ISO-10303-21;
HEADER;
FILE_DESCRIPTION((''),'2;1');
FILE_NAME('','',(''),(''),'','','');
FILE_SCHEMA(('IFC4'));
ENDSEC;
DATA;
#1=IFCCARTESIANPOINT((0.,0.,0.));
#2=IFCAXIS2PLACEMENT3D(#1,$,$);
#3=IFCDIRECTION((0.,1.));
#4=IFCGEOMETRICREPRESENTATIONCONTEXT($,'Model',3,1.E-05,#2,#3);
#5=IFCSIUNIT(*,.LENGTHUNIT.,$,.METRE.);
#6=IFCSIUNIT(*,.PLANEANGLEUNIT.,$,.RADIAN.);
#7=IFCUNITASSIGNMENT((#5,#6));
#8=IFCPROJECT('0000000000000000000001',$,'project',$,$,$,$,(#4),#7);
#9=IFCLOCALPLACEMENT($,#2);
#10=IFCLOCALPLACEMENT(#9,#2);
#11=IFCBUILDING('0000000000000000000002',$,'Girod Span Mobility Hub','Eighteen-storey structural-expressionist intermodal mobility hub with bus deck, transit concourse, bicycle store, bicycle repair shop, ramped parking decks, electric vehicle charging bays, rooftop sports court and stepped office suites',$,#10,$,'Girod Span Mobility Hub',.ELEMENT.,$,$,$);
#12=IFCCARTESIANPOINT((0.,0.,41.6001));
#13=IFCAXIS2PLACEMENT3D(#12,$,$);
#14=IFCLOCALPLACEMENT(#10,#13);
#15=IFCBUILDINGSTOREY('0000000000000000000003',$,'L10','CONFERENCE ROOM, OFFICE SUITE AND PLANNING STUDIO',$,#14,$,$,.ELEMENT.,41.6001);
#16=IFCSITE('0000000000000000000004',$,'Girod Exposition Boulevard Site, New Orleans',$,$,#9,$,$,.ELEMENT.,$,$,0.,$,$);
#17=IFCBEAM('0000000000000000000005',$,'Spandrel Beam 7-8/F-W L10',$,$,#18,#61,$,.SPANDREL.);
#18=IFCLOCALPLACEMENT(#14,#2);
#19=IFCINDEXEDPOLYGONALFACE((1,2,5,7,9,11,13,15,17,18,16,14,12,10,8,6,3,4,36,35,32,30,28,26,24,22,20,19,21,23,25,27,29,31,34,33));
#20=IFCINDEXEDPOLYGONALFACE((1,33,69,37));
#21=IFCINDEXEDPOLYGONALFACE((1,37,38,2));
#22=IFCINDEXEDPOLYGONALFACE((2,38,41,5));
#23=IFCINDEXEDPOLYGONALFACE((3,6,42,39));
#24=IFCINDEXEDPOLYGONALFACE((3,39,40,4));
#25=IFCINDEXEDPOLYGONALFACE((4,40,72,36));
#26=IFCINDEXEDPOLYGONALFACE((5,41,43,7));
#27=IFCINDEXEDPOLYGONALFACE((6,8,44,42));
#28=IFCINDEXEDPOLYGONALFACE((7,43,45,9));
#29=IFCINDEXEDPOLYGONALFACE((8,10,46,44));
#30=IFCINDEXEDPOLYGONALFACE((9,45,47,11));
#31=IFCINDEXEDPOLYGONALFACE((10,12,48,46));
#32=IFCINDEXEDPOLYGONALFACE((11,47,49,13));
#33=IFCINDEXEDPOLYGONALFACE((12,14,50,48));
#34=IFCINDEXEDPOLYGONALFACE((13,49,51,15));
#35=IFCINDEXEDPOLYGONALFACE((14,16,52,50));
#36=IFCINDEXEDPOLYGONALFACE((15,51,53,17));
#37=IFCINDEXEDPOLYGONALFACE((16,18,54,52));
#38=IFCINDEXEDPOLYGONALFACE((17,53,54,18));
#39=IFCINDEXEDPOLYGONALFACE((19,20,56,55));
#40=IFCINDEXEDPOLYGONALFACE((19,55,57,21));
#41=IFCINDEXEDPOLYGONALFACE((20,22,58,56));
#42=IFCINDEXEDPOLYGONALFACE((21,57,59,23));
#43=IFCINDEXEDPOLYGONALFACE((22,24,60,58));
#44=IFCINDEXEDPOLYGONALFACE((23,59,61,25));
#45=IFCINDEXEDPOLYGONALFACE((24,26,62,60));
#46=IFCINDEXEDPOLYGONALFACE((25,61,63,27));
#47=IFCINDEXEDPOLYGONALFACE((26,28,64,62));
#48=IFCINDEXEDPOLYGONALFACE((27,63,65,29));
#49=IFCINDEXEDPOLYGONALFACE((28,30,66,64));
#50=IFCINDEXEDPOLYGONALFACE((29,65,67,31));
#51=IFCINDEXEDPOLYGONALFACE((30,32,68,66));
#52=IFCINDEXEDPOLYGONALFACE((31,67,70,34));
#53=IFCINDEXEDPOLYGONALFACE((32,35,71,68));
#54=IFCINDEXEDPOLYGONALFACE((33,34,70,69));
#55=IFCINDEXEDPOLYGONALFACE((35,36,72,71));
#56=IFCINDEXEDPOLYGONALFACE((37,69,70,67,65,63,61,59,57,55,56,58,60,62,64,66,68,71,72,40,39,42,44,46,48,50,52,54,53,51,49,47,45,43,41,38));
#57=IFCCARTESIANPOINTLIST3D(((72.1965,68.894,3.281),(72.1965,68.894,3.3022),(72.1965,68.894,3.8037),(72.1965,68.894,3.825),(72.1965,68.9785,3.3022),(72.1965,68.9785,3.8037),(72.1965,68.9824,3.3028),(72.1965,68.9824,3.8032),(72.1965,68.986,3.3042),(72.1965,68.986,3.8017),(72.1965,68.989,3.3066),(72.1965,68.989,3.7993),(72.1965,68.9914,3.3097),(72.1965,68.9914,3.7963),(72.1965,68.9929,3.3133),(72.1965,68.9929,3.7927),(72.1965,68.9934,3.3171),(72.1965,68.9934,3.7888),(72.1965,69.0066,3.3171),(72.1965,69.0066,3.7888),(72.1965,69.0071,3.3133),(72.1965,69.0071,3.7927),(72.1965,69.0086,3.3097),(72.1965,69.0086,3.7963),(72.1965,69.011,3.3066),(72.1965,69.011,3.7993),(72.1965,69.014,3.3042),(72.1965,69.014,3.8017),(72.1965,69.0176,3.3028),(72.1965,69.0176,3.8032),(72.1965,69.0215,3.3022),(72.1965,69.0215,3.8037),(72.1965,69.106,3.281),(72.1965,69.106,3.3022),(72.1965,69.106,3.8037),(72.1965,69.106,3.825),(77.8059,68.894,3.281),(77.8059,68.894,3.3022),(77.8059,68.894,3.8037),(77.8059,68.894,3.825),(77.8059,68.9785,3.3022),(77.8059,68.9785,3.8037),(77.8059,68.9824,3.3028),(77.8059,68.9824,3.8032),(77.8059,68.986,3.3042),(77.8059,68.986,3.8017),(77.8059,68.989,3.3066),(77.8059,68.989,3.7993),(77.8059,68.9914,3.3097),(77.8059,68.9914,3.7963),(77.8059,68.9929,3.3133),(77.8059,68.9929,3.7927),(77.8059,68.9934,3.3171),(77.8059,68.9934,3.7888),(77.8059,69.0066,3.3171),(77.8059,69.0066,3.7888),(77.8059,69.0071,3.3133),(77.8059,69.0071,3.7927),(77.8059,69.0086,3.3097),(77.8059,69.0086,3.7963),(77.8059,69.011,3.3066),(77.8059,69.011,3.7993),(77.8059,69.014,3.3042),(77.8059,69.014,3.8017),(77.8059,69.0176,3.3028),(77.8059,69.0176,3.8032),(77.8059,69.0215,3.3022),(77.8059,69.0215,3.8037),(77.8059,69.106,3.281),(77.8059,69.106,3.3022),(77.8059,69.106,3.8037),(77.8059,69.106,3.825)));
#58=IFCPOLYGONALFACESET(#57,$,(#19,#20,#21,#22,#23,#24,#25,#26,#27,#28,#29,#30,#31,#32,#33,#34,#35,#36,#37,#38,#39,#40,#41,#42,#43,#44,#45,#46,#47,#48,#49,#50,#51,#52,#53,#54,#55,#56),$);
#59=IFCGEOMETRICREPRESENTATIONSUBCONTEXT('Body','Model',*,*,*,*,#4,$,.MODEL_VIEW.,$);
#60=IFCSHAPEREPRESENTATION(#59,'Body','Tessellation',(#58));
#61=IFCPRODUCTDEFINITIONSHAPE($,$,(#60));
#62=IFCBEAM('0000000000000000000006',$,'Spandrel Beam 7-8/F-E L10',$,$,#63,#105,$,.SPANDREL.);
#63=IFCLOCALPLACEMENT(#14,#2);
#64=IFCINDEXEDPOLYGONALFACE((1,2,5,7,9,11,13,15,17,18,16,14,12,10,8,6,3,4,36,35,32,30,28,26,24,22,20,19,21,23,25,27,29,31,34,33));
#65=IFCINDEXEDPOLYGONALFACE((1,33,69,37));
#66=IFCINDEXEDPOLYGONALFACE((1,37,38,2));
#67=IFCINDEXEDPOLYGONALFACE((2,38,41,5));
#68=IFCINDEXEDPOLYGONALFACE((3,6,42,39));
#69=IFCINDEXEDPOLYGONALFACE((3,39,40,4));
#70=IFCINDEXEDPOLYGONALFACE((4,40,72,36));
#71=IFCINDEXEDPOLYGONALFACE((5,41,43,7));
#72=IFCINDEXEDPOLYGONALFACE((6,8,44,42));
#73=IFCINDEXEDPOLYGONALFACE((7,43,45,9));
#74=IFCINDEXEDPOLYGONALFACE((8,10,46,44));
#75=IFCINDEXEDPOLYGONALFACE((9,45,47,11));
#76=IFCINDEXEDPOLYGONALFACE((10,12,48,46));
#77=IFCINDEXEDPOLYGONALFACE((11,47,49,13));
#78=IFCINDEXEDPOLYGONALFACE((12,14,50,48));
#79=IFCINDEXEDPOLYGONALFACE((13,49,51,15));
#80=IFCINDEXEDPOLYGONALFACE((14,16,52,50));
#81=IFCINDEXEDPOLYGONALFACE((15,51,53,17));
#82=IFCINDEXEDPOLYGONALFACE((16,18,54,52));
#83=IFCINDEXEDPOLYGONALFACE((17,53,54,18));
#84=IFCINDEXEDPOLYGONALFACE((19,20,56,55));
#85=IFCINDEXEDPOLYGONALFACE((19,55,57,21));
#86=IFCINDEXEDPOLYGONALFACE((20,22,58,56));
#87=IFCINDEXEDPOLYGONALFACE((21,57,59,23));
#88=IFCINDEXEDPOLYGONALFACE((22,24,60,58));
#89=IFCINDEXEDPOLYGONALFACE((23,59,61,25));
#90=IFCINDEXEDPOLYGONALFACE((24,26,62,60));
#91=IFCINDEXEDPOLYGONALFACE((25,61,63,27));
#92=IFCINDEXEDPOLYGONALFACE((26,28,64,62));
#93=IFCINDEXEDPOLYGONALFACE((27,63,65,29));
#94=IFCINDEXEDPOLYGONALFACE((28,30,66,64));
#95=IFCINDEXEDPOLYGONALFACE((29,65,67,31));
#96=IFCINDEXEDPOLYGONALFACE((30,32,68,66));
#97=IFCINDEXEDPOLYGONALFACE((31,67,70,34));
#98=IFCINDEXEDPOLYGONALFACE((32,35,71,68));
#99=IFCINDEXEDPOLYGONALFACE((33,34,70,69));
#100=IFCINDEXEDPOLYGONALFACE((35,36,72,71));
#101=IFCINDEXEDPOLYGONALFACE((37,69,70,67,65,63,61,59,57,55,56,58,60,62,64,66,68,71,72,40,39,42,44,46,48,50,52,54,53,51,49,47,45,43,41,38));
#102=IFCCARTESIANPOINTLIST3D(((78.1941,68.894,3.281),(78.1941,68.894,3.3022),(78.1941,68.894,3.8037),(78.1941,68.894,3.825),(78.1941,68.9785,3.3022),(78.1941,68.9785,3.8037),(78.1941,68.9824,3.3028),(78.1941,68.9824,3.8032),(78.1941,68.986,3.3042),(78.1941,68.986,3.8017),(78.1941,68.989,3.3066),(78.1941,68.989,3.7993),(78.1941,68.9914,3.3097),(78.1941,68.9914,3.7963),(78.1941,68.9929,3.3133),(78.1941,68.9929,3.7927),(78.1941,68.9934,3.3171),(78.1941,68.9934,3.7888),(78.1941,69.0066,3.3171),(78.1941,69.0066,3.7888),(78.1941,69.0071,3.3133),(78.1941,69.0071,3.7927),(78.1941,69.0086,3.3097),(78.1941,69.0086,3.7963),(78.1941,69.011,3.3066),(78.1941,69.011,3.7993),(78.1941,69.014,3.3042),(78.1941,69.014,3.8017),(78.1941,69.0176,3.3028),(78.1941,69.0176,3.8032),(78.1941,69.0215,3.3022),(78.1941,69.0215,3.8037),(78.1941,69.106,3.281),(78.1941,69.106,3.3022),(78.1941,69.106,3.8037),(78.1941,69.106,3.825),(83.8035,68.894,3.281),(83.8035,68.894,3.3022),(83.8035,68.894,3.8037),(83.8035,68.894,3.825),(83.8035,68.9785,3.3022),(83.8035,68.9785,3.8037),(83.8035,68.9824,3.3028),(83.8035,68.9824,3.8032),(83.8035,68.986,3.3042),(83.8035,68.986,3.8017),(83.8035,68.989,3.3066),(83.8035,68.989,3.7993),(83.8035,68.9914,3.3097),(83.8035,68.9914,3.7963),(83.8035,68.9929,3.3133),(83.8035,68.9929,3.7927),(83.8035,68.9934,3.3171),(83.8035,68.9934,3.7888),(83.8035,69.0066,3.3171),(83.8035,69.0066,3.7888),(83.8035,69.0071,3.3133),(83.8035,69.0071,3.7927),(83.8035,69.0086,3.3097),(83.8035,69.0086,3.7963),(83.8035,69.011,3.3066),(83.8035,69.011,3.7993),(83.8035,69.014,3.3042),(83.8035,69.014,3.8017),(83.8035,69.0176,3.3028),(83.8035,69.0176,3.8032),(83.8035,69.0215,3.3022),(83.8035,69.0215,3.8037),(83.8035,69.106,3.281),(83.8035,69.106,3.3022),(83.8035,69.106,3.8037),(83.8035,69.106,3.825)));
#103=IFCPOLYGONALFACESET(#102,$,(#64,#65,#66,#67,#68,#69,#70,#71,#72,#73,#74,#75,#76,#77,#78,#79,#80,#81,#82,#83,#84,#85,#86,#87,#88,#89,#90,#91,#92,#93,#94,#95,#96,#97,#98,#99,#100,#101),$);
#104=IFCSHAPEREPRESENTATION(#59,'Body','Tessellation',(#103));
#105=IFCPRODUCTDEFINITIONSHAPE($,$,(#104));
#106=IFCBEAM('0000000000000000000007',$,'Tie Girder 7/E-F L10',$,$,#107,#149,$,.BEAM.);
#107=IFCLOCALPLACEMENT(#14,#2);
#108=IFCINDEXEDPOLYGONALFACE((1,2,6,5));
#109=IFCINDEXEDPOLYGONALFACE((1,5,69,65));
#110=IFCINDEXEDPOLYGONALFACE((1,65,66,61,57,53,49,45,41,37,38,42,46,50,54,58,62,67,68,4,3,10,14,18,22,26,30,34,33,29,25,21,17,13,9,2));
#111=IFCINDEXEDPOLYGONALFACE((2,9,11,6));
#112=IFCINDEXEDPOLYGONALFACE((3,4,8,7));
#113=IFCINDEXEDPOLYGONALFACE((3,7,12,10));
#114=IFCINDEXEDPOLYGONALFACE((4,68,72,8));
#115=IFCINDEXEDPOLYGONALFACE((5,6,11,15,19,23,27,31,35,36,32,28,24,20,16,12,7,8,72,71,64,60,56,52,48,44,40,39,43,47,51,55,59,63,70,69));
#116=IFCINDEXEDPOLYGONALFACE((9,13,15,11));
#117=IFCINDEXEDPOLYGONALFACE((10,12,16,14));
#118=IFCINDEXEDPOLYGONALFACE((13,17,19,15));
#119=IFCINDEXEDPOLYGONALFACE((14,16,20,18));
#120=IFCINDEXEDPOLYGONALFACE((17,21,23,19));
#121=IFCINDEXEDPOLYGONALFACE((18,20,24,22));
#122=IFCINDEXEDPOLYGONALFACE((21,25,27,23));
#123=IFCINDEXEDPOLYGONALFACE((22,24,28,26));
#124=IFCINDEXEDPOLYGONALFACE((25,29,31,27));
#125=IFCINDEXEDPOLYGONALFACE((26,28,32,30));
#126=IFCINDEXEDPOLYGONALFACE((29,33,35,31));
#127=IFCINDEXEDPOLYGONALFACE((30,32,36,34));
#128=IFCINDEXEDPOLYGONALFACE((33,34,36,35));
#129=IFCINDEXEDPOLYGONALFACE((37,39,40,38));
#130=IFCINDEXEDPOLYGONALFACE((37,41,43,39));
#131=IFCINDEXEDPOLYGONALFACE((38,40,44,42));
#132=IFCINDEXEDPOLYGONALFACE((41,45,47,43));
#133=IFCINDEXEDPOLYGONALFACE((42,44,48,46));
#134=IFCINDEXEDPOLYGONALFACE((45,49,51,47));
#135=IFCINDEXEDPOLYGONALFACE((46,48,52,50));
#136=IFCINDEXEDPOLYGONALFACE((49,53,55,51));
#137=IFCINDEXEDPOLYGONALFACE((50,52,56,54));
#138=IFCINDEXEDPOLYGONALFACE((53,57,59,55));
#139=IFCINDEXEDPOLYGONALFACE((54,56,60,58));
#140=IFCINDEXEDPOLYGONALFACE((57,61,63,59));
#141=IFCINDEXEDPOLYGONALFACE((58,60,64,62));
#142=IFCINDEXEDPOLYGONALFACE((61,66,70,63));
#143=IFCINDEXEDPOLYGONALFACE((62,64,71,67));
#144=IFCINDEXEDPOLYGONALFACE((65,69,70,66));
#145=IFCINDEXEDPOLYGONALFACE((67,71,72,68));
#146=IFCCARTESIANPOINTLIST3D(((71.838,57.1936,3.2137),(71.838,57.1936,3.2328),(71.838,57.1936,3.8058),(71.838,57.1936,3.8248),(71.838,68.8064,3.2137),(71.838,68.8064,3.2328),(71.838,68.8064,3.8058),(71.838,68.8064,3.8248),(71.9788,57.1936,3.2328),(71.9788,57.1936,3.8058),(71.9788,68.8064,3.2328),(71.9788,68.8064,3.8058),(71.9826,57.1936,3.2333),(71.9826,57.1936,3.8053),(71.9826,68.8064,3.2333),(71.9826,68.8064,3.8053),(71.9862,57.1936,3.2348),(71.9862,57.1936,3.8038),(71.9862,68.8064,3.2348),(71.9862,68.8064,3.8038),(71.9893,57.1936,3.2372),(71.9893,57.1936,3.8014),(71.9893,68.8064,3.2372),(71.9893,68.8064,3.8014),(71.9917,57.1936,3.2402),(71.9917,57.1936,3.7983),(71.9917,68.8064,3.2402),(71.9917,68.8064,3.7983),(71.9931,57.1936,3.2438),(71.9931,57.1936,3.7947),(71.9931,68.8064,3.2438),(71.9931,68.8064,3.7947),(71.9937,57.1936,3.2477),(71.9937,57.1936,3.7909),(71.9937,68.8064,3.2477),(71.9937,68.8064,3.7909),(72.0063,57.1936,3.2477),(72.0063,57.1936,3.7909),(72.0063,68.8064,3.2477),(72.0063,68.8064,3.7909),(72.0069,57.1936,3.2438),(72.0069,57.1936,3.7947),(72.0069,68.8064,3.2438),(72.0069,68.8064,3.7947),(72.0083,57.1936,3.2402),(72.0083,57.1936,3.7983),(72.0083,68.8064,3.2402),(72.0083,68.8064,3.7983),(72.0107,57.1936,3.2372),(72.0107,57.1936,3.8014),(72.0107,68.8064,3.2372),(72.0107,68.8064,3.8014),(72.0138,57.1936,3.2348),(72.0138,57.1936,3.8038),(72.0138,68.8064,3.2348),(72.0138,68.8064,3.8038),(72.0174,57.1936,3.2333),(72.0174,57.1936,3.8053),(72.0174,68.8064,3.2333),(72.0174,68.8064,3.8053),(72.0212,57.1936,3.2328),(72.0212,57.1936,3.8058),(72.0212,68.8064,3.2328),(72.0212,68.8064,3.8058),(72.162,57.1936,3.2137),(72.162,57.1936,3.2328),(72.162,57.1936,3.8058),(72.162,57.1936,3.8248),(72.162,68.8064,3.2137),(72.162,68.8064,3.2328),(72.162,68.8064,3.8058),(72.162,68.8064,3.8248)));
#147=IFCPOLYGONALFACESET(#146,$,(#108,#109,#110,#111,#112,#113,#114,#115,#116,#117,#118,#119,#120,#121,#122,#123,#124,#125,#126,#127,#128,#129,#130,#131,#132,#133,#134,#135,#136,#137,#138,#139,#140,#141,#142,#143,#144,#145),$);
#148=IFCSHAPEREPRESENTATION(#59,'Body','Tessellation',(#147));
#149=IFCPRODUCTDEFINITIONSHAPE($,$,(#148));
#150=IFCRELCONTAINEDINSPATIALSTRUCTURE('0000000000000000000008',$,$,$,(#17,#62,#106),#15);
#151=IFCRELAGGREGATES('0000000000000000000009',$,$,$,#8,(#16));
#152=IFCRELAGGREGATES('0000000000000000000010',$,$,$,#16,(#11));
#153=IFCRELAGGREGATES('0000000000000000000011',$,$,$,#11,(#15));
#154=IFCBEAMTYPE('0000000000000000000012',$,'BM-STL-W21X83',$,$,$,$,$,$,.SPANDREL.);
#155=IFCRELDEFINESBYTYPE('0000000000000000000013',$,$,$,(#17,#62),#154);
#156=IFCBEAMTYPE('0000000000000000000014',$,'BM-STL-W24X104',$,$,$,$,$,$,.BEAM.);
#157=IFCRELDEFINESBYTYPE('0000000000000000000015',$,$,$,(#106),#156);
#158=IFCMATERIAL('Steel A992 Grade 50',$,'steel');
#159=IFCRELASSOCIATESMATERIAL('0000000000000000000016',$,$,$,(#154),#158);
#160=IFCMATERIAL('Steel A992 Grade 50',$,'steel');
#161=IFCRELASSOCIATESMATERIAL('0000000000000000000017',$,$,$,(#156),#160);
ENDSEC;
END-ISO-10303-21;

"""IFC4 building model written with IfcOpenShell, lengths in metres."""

from ifc_helpers import new_model, si_unit, direction, frame, origin, origin_2d, place, context, subcontext, project, spatial, i_section, extrude, material, material_profile, profile_set, type_object, element, save


model = new_model("IFC4")

# Units and contexts
model_context = context("Model", 3, precision=1e-05, world=origin(), true_north=direction((0.0, 1.0)))
body_context = subcontext(model_context, "Body", "Model", "MODEL_VIEW")
ifc_project = project(units=[si_unit("LENGTHUNIT", "METRE"), si_unit("PLANEANGLEUNIT", "RADIAN")], contexts=[model_context])

# Site, building, storey
site_placement = place(None, origin())
site = spatial("IfcSite", under=ifc_project, at=site_placement, Name="Girod Exposition Boulevard Site, New Orleans", CompositionType="ELEMENT", RefElevation=0.0)
building_placement = place(site_placement, origin())
building = spatial("IfcBuilding", under=site, at=building_placement, Name="Girod Span Mobility Hub", Description="Eighteen-storey structural-expressionist intermodal mobility hub with bus deck, transit concourse, bicycle store, bicycle repair shop, ramped parking decks, electric vehicle charging bays, rooftop sports court and stepped office suites", LongName="Girod Span Mobility Hub", CompositionType="ELEMENT")
storey_placement = place(building_placement, frame((0.0, 0.0, 41.6001)))
storey = spatial("IfcBuildingStorey", under=building, at=storey_placement, Name="L10", Description="CONFERENCE ROOM, OFFICE SUITE AND PLANNING STUDIO", CompositionType="ELEMENT", Elevation=41.6001)

# Beams
ifc_material_1 = material(Name="Steel A992 Grade 50", Category="steel")
ifc_material_profile_1 = material_profile(ifc_material_1, i_section(OverallWidth=0.2119, OverallDepth=0.5439, WebThickness=0.0132, FlangeThickness=0.0212, FilletRadius=0.0149, at=origin_2d()), Name="W21X83")
ifc_profile_set_1 = profile_set([ifc_material_profile_1], Name="Steel A992 Grade 50")
beam_type_1 = type_object("IfcBeamType", Name="BM-STL-W21X83", PredefinedType="SPANDREL", material=ifc_profile_set_1)
for number, where, z_axis, x_axis, name in (
    (1, (72.1965, 69.0, 3.553), (1.0, 0.0, 0.0), (0.0, 1.0, 0.0), "Spandrel Beam 7-8/F-W L10"),
    (2, (78.1941, 69.0, 3.553), (1.0, 0.0, 0.0), (0.0, 1.0, 0.0), "Spandrel Beam 7-8/F-E L10"),
):
    element("IfcBeam", number, at=place(storey_placement, frame(where, z_axis=z_axis, x_axis=x_axis)), inside=storey, type_object=beam_type_1, Name=name, PredefinedType="SPANDREL", context=body_context, shape_type="SweptSolid", body=[
        extrude(i_section(OverallWidth=0.2119, OverallDepth=0.5439, WebThickness=0.0132, FlangeThickness=0.0212, FilletRadius=0.0149, at=origin_2d()), origin(), (0.0, 0.0, 1.0), 5.6094),
    ])
ifc_material_2 = material(Name="Steel A992 Grade 50", Category="steel")
ifc_material_profile_2 = material_profile(ifc_material_2, i_section(OverallWidth=0.324, OverallDepth=0.6111, WebThickness=0.0127, FlangeThickness=0.019, FilletRadius=0.0149, at=origin_2d()), Name="W24X104")
ifc_profile_set_2 = profile_set([ifc_material_profile_2], Name="Steel A992 Grade 50")
beam_type_2 = type_object("IfcBeamType", Name="BM-STL-W24X104", PredefinedType="BEAM", material=ifc_profile_set_2)
beam_placement = place(storey_placement, frame((72.0, 57.1936, 3.5193), z_axis=(0.0, 1.0, 0.0), x_axis=(-1.0, 0.0, 0.0)))
element("IfcBeam", 3, at=beam_placement, inside=storey, type_object=beam_type_2, Name="Tie Girder 7/E-F L10", PredefinedType="BEAM", context=body_context, shape_type="SweptSolid", body=[
    extrude(i_section(OverallWidth=0.324, OverallDepth=0.6111, WebThickness=0.0127, FlangeThickness=0.019, FilletRadius=0.0149, at=origin_2d()), origin(), (0.0, 0.0, 1.0), 11.6128),
])

save(model, "model.ifc")
